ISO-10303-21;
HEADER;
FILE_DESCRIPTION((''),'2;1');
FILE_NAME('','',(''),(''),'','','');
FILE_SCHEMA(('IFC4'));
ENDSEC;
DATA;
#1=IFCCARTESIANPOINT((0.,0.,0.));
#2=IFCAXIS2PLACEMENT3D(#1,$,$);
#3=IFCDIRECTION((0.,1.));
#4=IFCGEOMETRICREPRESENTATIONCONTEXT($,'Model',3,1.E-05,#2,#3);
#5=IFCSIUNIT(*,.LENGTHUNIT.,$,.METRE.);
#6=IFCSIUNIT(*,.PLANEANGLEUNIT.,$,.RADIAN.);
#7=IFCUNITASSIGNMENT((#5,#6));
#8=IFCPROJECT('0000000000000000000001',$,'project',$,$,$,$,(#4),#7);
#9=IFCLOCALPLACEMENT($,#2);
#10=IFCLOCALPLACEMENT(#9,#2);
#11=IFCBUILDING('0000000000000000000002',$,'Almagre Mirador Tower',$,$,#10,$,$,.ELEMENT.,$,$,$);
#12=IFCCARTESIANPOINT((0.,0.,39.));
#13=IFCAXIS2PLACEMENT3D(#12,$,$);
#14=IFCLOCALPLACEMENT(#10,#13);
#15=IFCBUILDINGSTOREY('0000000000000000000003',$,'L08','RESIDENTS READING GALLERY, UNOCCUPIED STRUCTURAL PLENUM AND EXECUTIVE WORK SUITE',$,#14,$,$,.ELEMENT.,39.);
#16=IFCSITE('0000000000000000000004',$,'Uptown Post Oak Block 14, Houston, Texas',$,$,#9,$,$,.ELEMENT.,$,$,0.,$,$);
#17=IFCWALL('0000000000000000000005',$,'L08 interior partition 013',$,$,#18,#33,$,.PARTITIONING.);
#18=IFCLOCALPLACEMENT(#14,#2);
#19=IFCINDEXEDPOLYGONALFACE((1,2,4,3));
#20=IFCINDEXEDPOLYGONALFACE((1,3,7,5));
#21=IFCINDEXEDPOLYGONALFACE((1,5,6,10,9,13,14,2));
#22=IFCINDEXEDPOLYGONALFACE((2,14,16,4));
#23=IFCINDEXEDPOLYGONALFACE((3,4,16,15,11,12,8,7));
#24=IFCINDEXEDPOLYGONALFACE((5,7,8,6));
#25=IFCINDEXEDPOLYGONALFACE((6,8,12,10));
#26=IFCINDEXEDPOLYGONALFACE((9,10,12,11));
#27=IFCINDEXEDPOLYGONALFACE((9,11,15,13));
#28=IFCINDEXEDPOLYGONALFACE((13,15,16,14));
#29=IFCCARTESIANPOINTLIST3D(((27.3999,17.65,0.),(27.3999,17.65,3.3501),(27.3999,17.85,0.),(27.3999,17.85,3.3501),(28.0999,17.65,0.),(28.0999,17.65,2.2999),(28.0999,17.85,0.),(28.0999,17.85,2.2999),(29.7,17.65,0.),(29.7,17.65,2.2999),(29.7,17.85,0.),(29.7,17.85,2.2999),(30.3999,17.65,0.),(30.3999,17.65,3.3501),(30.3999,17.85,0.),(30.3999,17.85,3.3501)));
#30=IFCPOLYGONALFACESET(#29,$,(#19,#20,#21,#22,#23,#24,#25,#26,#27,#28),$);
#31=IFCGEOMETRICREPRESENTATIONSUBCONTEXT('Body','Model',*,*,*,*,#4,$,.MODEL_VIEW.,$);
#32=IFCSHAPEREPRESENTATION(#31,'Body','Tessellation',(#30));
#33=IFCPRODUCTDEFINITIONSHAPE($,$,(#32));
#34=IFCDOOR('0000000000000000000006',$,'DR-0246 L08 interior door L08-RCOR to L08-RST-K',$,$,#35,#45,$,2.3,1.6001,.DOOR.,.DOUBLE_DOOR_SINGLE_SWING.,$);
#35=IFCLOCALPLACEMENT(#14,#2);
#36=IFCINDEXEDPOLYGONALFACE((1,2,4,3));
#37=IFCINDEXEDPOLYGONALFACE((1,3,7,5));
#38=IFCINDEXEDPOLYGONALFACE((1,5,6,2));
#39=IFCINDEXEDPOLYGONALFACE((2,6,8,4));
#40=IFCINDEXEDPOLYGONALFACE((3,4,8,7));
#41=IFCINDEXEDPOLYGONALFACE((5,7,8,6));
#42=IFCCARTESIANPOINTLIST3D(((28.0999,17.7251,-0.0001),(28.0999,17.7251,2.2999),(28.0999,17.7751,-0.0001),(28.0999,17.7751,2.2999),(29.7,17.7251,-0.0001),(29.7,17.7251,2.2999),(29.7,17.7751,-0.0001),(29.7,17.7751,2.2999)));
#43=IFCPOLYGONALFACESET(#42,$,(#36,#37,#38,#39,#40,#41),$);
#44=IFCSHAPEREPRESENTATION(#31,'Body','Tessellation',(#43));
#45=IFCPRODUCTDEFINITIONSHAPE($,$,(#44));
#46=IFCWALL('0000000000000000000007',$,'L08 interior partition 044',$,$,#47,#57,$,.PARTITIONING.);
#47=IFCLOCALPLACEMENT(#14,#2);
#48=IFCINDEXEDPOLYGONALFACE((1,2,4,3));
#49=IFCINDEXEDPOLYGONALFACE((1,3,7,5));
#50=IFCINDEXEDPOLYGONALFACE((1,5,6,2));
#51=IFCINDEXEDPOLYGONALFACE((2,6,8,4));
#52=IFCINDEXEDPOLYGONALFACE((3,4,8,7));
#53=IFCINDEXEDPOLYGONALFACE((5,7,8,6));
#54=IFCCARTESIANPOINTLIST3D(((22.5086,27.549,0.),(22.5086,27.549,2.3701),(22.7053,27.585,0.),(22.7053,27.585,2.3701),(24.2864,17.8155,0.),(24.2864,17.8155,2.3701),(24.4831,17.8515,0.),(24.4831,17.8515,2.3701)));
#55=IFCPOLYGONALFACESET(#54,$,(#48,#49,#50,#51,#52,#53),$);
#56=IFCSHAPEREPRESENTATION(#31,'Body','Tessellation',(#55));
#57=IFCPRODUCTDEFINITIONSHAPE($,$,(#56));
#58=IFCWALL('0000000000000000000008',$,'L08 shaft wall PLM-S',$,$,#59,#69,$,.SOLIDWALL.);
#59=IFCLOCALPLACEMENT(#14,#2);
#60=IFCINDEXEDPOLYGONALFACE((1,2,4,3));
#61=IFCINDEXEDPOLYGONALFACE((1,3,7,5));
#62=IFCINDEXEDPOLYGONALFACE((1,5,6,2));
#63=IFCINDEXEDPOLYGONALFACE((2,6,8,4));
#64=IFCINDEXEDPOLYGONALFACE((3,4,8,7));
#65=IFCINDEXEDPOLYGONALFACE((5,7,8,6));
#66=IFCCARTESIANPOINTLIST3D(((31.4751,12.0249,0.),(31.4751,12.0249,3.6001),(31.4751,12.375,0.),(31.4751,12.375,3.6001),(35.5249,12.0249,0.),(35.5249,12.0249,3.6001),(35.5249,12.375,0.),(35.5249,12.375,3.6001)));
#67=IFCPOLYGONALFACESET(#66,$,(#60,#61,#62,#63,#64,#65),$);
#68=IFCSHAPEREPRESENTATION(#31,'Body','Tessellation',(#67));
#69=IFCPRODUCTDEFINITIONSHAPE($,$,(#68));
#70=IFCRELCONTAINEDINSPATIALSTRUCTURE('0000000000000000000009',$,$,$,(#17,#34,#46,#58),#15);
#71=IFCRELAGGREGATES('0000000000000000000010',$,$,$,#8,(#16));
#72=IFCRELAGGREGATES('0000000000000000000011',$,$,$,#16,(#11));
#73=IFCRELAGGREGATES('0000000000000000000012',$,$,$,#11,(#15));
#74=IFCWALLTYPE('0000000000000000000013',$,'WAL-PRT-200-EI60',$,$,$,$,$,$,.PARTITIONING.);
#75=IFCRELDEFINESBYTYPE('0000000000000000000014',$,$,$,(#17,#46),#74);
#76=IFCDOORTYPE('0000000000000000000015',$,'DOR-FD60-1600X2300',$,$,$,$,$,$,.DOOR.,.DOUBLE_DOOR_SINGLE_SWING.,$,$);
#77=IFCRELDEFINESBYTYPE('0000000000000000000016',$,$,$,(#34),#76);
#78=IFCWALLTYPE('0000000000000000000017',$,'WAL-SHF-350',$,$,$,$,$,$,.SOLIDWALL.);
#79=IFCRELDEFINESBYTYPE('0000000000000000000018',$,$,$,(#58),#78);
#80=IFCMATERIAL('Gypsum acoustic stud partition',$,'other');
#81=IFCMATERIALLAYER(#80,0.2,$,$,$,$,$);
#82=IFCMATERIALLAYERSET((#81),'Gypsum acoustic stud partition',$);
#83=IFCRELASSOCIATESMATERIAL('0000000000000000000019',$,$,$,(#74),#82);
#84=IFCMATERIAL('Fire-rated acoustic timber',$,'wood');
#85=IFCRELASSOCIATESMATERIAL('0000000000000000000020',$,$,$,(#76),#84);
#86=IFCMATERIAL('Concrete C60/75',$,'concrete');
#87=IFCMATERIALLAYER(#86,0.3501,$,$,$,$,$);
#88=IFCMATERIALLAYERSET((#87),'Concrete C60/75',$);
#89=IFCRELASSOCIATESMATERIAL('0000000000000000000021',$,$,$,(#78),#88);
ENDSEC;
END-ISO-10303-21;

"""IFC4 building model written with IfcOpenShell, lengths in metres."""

from ifc_helpers import new_model, si_unit, direction, frame, frame_2d, origin, place, context, subcontext, project, spatial, rectangle, extrude, material, layer, layer_set, type_object, element, fill, save


model = new_model("IFC4")

# Units and contexts
model_context = context("Model", 3, precision=1e-05, world=origin(), true_north=direction((0.0, 1.0)))
body_context = subcontext(model_context, "Body", "Model", "MODEL_VIEW")
ifc_project = project(units=[si_unit("LENGTHUNIT", "METRE"), si_unit("PLANEANGLEUNIT", "RADIAN")], contexts=[model_context])

# Site, building, storey
site_placement = place(None, origin())
site = spatial("IfcSite", under=ifc_project, at=site_placement, Name="Uptown Post Oak Block 14, Houston, Texas", CompositionType="ELEMENT", RefElevation=0.0)
building_placement = place(site_placement, origin())
building = spatial("IfcBuilding", under=site, at=building_placement, Name="Almagre Mirador Tower", CompositionType="ELEMENT")
storey_placement = place(building_placement, frame((0.0, 0.0, 39.0)))
storey = spatial("IfcBuildingStorey", under=building, at=storey_placement, Name="L08", Description="RESIDENTS READING GALLERY, UNOCCUPIED STRUCTURAL PLENUM AND EXECUTIVE WORK SUITE", CompositionType="ELEMENT", Elevation=39.0)

# Shared definitions
ifc_material_1 = material(Name="Gypsum acoustic stud partition", Category="other")
ifc_layer_1 = layer(ifc_material_1, 0.2)
ifc_layer_set_1 = layer_set([ifc_layer_1], Name="Gypsum acoustic stud partition")
wall_type_1 = type_object("IfcWallType", Name="WAL-PRT-200-EI60", PredefinedType="PARTITIONING", material=ifc_layer_set_1)

# Wall, opening, door
ifc_material_2 = material(Name="Fire-rated acoustic timber", Category="wood")
door_type_1 = type_object("IfcDoorType", Name="DOR-FD60-1600X2300", OperationType="DOUBLE_DOOR_SINGLE_SWING", PredefinedType="DOOR", material=ifc_material_2)
wall_1_placement = place(storey_placement, frame((30.3999, 17.75, 0.0), z_axis=(0.0, 0.0, 1.0), x_axis=(-1.0, 0.0, 0.0)))
wall_1 = element("IfcWall", 1, at=wall_1_placement, inside=storey, type_object=wall_type_1, Name="L08 interior partition 013", PredefinedType="PARTITIONING", context=body_context, shape_type="SweptSolid", body=[
    extrude(rectangle(XDim=3.0, YDim=0.2, at=frame_2d((1.5, 0.0))), origin(), (0.0, 0.0, 1.0), 3.3501),
])
opening_1_placement = place(wall_1_placement, frame((0.7, 0.0, 0.0)))
opening_1 = element("IfcOpeningElement", 2, at=opening_1_placement, cuts=wall_1, PredefinedType="OPENING", context=body_context, shape_type="SweptSolid", body=[
    extrude(rectangle(XDim=1.6001, YDim=2.3, at=frame_2d((0.8, 1.1499))), frame((0.0, 0.1101, 0.0), z_axis=(0.0, -1.0, 0.0), x_axis=(1.0, 0.0, 0.0)), (0.0, 0.0, 1.0), 0.22),
])
door_1_placement = place(opening_1_placement, origin())
door_1 = element("IfcDoor", 3, at=door_1_placement, inside=storey, type_object=door_type_1, Name="DR-0246 L08 interior door L08-RCOR to L08-RST-K", OperationType="DOUBLE_DOOR_SINGLE_SWING", OverallHeight=2.3, OverallWidth=1.6001, PredefinedType="DOOR", context=body_context, shape_type="SweptSolid", body=[
    extrude(rectangle(XDim=1.6001, YDim=2.3, at=frame_2d((0.8, 1.1499))), frame((0.0, 0.0249, 0.0), z_axis=(0.0, -1.0, 0.0), x_axis=(1.0, 0.0, 0.0)), (0.0, 0.0, 1.0), 0.05),
])
fill(opening_1, door_1)

# Walls
wall_2_placement = place(storey_placement, frame((24.3848, 17.8335, 0.0), z_axis=(0.0, 0.0, 1.0), x_axis=(-0.17968, 0.983725, 0.0)))
element("IfcWall", 4, at=wall_2_placement, inside=storey, type_object=wall_type_1, Name="L08 interior partition 044", PredefinedType="PARTITIONING", context=body_context, shape_type="SweptSolid", body=[
    extrude(rectangle(XDim=9.8945, YDim=0.2, at=frame_2d((4.9473, 0.0))), origin(), (0.0, 0.0, 1.0), 2.3701),
])
ifc_material_3 = material(Name="Concrete C60/75", Category="concrete")
ifc_layer_2 = layer(ifc_material_3, 0.3501)
ifc_layer_set_2 = layer_set([ifc_layer_2], Name="Concrete C60/75")
wall_type_2 = type_object("IfcWallType", Name="WAL-SHF-350", PredefinedType="SOLIDWALL", material=ifc_layer_set_2)
wall_3_placement = place(storey_placement, frame((31.4751, 12.2, 0.0), z_axis=(0.0, 0.0, 1.0), x_axis=(1.0, 0.0, 0.0)))
element("IfcWall", 5, at=wall_3_placement, inside=storey, type_object=wall_type_2, Name="L08 shaft wall PLM-S", PredefinedType="SOLIDWALL", context=body_context, shape_type="SweptSolid", body=[
    extrude(rectangle(XDim=4.0498, YDim=0.3501, at=frame_2d((2.0249, 0.0))), origin(), (0.0, 0.0, 1.0), 3.6001),
])

save(model, "model.ifc")
